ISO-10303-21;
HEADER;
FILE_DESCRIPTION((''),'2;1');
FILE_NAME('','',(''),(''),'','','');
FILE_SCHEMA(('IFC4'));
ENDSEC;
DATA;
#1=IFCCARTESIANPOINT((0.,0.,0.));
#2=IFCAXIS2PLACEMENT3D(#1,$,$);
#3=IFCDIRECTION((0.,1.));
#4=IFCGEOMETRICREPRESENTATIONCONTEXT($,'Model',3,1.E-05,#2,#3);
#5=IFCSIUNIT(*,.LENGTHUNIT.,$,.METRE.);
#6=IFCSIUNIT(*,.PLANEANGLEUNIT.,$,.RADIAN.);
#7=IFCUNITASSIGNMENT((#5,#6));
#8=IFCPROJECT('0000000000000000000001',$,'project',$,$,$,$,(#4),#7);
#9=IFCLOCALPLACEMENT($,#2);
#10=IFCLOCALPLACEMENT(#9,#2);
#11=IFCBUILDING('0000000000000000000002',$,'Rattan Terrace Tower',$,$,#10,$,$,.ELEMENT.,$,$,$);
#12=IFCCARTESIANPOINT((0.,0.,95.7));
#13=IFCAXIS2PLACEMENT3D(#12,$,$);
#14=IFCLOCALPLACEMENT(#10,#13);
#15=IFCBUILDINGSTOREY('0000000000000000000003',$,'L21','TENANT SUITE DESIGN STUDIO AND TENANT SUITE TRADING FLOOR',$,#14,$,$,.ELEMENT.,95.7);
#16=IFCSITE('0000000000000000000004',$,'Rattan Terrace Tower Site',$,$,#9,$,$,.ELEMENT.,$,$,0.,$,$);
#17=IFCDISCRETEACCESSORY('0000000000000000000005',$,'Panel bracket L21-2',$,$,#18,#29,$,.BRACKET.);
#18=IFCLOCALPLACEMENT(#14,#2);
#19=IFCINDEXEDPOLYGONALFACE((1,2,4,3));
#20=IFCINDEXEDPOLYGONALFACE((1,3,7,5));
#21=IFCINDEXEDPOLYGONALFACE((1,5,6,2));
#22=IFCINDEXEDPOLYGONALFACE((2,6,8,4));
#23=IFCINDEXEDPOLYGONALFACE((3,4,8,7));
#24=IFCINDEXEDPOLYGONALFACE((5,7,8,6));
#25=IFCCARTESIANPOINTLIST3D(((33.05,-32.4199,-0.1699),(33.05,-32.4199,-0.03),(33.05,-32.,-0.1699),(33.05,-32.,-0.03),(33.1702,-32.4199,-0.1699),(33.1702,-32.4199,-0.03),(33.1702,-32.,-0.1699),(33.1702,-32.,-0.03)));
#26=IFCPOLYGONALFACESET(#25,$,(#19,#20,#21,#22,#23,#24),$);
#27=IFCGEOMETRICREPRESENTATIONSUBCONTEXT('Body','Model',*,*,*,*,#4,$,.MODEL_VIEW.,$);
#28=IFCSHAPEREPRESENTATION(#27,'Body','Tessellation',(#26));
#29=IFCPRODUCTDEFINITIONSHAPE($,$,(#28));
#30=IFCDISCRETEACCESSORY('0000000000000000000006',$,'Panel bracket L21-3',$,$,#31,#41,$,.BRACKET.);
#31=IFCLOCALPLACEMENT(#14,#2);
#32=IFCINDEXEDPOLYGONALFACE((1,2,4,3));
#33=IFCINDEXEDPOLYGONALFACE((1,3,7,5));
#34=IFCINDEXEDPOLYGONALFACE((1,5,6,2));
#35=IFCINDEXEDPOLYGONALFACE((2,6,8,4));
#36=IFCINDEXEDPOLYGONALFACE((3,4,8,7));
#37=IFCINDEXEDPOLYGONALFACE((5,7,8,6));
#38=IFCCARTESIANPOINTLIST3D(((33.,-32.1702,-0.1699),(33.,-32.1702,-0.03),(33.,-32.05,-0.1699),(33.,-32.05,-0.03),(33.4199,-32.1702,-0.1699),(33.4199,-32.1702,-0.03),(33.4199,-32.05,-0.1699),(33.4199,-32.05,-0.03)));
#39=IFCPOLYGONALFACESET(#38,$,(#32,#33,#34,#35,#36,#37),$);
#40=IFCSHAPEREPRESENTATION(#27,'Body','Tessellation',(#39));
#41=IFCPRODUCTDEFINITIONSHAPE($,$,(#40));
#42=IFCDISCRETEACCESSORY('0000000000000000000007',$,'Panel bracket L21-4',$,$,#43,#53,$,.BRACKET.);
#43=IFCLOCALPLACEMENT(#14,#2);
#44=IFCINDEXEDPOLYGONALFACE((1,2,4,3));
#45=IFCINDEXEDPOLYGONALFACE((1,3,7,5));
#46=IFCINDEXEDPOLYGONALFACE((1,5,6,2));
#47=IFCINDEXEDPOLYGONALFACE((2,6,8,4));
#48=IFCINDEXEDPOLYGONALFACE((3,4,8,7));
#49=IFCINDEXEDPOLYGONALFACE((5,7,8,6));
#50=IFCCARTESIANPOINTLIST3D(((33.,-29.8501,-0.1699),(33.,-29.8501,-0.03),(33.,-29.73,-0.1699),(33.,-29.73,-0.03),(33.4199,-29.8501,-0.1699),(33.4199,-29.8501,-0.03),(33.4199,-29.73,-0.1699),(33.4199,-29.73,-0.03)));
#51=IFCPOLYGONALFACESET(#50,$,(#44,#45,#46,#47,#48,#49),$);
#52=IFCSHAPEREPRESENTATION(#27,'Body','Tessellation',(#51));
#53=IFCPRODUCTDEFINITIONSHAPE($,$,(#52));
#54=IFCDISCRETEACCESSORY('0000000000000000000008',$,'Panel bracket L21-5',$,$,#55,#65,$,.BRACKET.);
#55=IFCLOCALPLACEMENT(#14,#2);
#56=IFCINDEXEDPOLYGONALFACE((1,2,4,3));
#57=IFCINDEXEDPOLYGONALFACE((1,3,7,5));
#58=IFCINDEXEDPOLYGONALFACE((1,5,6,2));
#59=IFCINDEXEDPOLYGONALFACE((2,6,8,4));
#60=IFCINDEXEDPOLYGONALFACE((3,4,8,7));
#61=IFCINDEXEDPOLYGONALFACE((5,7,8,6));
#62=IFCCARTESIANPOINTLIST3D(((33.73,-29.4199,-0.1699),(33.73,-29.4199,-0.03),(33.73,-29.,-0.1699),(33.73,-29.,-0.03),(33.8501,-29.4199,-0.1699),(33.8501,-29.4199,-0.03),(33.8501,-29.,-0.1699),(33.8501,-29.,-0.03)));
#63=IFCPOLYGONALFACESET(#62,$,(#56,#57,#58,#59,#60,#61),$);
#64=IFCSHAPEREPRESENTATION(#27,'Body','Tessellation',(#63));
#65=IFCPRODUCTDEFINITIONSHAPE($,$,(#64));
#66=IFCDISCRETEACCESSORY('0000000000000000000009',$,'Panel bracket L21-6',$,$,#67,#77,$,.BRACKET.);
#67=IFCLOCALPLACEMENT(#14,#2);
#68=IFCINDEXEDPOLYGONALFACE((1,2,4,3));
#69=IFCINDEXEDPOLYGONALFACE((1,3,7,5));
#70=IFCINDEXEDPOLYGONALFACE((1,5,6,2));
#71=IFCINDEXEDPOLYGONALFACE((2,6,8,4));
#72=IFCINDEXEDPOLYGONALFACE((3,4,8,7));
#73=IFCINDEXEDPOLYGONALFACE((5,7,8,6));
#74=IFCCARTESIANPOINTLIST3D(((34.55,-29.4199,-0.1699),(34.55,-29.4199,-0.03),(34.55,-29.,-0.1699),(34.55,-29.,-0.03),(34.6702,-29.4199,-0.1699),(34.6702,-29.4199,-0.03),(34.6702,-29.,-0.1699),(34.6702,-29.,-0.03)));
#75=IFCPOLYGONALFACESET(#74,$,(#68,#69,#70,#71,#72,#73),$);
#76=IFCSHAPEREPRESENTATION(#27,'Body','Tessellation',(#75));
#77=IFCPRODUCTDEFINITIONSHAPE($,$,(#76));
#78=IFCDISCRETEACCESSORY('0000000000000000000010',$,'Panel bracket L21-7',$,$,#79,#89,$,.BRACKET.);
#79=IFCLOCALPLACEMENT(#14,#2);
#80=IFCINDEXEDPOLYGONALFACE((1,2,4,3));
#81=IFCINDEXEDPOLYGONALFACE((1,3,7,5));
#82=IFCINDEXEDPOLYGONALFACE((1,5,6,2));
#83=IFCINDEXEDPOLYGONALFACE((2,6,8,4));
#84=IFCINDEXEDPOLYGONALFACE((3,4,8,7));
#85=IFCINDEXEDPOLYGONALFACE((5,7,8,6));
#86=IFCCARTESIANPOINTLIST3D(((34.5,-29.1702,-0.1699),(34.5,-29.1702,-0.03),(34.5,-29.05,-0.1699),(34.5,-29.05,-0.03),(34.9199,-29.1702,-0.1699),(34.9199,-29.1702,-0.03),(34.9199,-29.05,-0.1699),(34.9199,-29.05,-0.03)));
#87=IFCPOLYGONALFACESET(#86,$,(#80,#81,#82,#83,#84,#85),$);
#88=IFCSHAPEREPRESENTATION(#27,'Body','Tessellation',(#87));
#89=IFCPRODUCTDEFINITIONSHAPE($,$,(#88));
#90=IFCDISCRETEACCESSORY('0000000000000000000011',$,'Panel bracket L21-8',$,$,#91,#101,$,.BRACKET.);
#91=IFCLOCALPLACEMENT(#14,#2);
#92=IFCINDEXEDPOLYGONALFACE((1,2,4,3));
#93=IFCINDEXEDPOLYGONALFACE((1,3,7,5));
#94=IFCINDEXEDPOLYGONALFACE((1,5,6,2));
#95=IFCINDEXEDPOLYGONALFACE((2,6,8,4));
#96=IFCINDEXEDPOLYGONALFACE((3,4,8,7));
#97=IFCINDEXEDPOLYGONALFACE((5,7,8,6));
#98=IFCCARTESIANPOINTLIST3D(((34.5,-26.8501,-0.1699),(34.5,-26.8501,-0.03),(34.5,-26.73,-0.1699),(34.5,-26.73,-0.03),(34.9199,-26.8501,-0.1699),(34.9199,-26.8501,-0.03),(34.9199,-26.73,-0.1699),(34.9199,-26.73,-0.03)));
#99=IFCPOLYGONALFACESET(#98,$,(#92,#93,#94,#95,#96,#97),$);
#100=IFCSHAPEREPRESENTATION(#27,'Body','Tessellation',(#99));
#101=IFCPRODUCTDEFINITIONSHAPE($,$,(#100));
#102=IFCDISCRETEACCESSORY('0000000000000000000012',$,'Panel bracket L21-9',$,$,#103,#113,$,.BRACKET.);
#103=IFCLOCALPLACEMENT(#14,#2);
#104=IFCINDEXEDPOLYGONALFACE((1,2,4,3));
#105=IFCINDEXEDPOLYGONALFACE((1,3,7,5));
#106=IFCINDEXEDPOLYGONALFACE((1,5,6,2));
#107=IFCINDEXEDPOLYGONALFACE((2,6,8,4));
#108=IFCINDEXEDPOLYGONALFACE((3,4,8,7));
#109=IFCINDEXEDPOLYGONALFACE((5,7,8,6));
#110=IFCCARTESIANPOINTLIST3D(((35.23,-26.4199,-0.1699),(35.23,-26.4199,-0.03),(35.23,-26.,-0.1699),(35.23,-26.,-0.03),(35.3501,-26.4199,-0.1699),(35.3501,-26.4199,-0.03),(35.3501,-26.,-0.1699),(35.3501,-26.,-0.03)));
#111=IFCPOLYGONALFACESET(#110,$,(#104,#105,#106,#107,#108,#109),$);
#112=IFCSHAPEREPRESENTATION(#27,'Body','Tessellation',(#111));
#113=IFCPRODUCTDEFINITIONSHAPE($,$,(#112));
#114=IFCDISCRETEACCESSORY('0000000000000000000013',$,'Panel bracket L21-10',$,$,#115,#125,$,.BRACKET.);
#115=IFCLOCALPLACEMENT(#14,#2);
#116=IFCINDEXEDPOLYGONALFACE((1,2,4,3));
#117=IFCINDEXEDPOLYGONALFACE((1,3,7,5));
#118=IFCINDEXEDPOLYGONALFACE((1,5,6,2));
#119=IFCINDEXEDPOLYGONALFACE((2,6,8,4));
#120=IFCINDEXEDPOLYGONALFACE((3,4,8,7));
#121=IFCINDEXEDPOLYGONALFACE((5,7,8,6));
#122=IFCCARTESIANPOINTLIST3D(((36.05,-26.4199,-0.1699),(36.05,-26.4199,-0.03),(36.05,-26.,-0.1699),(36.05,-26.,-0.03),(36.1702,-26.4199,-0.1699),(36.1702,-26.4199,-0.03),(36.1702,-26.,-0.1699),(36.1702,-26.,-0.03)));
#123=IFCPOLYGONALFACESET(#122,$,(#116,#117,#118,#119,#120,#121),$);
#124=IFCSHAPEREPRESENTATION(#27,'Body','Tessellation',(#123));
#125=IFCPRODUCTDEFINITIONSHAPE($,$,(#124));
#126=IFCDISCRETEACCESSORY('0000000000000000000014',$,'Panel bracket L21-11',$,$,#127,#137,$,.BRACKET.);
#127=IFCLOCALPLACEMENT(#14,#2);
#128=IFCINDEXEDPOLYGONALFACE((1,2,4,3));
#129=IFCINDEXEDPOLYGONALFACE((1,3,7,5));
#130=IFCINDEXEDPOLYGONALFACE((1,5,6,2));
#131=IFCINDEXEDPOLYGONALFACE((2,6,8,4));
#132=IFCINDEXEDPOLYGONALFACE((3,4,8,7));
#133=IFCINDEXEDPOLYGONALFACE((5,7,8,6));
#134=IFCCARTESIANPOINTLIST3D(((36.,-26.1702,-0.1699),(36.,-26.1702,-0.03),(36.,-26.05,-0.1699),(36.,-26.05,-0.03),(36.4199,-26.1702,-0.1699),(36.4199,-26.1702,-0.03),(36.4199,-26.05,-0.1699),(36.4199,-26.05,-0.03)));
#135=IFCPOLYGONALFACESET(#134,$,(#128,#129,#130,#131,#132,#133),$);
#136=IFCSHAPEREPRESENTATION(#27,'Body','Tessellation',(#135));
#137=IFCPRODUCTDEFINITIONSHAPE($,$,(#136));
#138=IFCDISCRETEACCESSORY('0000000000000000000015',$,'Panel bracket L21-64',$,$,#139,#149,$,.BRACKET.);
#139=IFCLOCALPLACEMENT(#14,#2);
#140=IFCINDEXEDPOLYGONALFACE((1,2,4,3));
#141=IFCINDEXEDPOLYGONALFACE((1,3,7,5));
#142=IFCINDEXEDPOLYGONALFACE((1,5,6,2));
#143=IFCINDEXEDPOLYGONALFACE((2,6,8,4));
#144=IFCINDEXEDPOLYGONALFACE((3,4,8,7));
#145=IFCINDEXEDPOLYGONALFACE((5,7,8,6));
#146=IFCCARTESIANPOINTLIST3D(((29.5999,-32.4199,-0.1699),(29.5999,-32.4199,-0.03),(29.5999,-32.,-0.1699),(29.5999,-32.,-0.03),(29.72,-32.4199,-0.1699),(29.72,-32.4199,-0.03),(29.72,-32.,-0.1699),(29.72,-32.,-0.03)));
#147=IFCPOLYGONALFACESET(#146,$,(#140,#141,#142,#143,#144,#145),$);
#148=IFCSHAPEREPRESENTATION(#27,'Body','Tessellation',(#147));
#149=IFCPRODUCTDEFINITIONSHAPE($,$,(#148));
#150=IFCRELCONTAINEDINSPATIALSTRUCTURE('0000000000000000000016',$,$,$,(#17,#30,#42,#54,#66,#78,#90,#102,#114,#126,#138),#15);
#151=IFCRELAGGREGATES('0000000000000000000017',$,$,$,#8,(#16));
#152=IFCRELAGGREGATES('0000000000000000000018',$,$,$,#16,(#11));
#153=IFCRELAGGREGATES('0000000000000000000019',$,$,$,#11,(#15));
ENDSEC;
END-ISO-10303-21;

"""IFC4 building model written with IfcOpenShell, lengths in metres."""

from ifc_helpers import new_model, si_unit, direction, frame, origin, origin_2d, place, context, subcontext, project, spatial, rectangle, extrude, element, save


model = new_model("IFC4")

# Units and contexts
model_context = context("Model", 3, precision=1e-05, world=origin(), true_north=direction((0.0, 1.0)))
body_context = subcontext(model_context, "Body", "Model", "MODEL_VIEW")
ifc_project = project(units=[si_unit("LENGTHUNIT", "METRE"), si_unit("PLANEANGLEUNIT", "RADIAN")], contexts=[model_context])

# Site, building, storey
site_placement = place(None, origin())
site = spatial("IfcSite", under=ifc_project, at=site_placement, Name="Rattan Terrace Tower Site", CompositionType="ELEMENT", RefElevation=0.0)
building_placement = place(site_placement, origin())
building = spatial("IfcBuilding", under=site, at=building_placement, Name="Rattan Terrace Tower", CompositionType="ELEMENT")
storey_placement = place(building_placement, frame((0.0, 0.0, 95.7)))
storey = spatial("IfcBuildingStorey", under=building, at=storey_placement, Name="L21", Description="TENANT SUITE DESIGN STUDIO AND TENANT SUITE TRADING FLOOR", CompositionType="ELEMENT", Elevation=95.7)

# Discrete accessories
for number, where, z_axis, x_axis, name in (
    (1, (33.1101, -32.21, -0.1699), (0.0, 0.0, 1.0), (1.0, 0.0, 0.0), "Panel bracket L21-2"),
    (2, (33.21, -32.1101, -0.1699), (0.0, 0.0, 1.0), (0.0, 1.0, 0.0), "Panel bracket L21-3"),
    (3, (33.21, -29.79, -0.1699), (0.0, 0.0, 1.0), (0.0, 1.0, 0.0), "Panel bracket L21-4"),
    (4, (33.79, -29.21, -0.1699), (0.0, 0.0, 1.0), (1.0, 0.0, 0.0), "Panel bracket L21-5"),
    (5, (34.6101, -29.21, -0.1699), (0.0, 0.0, 1.0), (1.0, 0.0, 0.0), "Panel bracket L21-6"),
    (6, (34.71, -29.1101, -0.1699), (0.0, 0.0, 1.0), (0.0, 1.0, 0.0), "Panel bracket L21-7"),
    (7, (34.71, -26.79, -0.1699), (0.0, 0.0, 1.0), (0.0, 1.0, 0.0), "Panel bracket L21-8"),
    (8, (35.29, -26.21, -0.1699), (0.0, 0.0, 1.0), (1.0, 0.0, 0.0), "Panel bracket L21-9"),
    (9, (36.1101, -26.21, -0.1699), (0.0, 0.0, 1.0), (1.0, 0.0, 0.0), "Panel bracket L21-10"),
    (10, (36.21, -26.1101, -0.1699), (0.0, 0.0, 1.0), (0.0, 1.0, 0.0), "Panel bracket L21-11"),
    (11, (29.6599, -32.21, -0.1699), (0.0, 0.0, 1.0), (1.0, 0.0, 0.0), "Panel bracket L21-64"),
):
    element("IfcDiscreteAccessory", number, at=place(storey_placement, frame(where, z_axis=z_axis, x_axis=x_axis)), inside=storey, Name=name, PredefinedType="BRACKET", context=body_context, shape_type="SweptSolid", body=[
        extrude(rectangle(XDim=0.1201, YDim=0.4199, at=origin_2d()), origin(), (0.0, 0.0, 1.0), 0.1399),
    ])

save(model, "model.ifc")
